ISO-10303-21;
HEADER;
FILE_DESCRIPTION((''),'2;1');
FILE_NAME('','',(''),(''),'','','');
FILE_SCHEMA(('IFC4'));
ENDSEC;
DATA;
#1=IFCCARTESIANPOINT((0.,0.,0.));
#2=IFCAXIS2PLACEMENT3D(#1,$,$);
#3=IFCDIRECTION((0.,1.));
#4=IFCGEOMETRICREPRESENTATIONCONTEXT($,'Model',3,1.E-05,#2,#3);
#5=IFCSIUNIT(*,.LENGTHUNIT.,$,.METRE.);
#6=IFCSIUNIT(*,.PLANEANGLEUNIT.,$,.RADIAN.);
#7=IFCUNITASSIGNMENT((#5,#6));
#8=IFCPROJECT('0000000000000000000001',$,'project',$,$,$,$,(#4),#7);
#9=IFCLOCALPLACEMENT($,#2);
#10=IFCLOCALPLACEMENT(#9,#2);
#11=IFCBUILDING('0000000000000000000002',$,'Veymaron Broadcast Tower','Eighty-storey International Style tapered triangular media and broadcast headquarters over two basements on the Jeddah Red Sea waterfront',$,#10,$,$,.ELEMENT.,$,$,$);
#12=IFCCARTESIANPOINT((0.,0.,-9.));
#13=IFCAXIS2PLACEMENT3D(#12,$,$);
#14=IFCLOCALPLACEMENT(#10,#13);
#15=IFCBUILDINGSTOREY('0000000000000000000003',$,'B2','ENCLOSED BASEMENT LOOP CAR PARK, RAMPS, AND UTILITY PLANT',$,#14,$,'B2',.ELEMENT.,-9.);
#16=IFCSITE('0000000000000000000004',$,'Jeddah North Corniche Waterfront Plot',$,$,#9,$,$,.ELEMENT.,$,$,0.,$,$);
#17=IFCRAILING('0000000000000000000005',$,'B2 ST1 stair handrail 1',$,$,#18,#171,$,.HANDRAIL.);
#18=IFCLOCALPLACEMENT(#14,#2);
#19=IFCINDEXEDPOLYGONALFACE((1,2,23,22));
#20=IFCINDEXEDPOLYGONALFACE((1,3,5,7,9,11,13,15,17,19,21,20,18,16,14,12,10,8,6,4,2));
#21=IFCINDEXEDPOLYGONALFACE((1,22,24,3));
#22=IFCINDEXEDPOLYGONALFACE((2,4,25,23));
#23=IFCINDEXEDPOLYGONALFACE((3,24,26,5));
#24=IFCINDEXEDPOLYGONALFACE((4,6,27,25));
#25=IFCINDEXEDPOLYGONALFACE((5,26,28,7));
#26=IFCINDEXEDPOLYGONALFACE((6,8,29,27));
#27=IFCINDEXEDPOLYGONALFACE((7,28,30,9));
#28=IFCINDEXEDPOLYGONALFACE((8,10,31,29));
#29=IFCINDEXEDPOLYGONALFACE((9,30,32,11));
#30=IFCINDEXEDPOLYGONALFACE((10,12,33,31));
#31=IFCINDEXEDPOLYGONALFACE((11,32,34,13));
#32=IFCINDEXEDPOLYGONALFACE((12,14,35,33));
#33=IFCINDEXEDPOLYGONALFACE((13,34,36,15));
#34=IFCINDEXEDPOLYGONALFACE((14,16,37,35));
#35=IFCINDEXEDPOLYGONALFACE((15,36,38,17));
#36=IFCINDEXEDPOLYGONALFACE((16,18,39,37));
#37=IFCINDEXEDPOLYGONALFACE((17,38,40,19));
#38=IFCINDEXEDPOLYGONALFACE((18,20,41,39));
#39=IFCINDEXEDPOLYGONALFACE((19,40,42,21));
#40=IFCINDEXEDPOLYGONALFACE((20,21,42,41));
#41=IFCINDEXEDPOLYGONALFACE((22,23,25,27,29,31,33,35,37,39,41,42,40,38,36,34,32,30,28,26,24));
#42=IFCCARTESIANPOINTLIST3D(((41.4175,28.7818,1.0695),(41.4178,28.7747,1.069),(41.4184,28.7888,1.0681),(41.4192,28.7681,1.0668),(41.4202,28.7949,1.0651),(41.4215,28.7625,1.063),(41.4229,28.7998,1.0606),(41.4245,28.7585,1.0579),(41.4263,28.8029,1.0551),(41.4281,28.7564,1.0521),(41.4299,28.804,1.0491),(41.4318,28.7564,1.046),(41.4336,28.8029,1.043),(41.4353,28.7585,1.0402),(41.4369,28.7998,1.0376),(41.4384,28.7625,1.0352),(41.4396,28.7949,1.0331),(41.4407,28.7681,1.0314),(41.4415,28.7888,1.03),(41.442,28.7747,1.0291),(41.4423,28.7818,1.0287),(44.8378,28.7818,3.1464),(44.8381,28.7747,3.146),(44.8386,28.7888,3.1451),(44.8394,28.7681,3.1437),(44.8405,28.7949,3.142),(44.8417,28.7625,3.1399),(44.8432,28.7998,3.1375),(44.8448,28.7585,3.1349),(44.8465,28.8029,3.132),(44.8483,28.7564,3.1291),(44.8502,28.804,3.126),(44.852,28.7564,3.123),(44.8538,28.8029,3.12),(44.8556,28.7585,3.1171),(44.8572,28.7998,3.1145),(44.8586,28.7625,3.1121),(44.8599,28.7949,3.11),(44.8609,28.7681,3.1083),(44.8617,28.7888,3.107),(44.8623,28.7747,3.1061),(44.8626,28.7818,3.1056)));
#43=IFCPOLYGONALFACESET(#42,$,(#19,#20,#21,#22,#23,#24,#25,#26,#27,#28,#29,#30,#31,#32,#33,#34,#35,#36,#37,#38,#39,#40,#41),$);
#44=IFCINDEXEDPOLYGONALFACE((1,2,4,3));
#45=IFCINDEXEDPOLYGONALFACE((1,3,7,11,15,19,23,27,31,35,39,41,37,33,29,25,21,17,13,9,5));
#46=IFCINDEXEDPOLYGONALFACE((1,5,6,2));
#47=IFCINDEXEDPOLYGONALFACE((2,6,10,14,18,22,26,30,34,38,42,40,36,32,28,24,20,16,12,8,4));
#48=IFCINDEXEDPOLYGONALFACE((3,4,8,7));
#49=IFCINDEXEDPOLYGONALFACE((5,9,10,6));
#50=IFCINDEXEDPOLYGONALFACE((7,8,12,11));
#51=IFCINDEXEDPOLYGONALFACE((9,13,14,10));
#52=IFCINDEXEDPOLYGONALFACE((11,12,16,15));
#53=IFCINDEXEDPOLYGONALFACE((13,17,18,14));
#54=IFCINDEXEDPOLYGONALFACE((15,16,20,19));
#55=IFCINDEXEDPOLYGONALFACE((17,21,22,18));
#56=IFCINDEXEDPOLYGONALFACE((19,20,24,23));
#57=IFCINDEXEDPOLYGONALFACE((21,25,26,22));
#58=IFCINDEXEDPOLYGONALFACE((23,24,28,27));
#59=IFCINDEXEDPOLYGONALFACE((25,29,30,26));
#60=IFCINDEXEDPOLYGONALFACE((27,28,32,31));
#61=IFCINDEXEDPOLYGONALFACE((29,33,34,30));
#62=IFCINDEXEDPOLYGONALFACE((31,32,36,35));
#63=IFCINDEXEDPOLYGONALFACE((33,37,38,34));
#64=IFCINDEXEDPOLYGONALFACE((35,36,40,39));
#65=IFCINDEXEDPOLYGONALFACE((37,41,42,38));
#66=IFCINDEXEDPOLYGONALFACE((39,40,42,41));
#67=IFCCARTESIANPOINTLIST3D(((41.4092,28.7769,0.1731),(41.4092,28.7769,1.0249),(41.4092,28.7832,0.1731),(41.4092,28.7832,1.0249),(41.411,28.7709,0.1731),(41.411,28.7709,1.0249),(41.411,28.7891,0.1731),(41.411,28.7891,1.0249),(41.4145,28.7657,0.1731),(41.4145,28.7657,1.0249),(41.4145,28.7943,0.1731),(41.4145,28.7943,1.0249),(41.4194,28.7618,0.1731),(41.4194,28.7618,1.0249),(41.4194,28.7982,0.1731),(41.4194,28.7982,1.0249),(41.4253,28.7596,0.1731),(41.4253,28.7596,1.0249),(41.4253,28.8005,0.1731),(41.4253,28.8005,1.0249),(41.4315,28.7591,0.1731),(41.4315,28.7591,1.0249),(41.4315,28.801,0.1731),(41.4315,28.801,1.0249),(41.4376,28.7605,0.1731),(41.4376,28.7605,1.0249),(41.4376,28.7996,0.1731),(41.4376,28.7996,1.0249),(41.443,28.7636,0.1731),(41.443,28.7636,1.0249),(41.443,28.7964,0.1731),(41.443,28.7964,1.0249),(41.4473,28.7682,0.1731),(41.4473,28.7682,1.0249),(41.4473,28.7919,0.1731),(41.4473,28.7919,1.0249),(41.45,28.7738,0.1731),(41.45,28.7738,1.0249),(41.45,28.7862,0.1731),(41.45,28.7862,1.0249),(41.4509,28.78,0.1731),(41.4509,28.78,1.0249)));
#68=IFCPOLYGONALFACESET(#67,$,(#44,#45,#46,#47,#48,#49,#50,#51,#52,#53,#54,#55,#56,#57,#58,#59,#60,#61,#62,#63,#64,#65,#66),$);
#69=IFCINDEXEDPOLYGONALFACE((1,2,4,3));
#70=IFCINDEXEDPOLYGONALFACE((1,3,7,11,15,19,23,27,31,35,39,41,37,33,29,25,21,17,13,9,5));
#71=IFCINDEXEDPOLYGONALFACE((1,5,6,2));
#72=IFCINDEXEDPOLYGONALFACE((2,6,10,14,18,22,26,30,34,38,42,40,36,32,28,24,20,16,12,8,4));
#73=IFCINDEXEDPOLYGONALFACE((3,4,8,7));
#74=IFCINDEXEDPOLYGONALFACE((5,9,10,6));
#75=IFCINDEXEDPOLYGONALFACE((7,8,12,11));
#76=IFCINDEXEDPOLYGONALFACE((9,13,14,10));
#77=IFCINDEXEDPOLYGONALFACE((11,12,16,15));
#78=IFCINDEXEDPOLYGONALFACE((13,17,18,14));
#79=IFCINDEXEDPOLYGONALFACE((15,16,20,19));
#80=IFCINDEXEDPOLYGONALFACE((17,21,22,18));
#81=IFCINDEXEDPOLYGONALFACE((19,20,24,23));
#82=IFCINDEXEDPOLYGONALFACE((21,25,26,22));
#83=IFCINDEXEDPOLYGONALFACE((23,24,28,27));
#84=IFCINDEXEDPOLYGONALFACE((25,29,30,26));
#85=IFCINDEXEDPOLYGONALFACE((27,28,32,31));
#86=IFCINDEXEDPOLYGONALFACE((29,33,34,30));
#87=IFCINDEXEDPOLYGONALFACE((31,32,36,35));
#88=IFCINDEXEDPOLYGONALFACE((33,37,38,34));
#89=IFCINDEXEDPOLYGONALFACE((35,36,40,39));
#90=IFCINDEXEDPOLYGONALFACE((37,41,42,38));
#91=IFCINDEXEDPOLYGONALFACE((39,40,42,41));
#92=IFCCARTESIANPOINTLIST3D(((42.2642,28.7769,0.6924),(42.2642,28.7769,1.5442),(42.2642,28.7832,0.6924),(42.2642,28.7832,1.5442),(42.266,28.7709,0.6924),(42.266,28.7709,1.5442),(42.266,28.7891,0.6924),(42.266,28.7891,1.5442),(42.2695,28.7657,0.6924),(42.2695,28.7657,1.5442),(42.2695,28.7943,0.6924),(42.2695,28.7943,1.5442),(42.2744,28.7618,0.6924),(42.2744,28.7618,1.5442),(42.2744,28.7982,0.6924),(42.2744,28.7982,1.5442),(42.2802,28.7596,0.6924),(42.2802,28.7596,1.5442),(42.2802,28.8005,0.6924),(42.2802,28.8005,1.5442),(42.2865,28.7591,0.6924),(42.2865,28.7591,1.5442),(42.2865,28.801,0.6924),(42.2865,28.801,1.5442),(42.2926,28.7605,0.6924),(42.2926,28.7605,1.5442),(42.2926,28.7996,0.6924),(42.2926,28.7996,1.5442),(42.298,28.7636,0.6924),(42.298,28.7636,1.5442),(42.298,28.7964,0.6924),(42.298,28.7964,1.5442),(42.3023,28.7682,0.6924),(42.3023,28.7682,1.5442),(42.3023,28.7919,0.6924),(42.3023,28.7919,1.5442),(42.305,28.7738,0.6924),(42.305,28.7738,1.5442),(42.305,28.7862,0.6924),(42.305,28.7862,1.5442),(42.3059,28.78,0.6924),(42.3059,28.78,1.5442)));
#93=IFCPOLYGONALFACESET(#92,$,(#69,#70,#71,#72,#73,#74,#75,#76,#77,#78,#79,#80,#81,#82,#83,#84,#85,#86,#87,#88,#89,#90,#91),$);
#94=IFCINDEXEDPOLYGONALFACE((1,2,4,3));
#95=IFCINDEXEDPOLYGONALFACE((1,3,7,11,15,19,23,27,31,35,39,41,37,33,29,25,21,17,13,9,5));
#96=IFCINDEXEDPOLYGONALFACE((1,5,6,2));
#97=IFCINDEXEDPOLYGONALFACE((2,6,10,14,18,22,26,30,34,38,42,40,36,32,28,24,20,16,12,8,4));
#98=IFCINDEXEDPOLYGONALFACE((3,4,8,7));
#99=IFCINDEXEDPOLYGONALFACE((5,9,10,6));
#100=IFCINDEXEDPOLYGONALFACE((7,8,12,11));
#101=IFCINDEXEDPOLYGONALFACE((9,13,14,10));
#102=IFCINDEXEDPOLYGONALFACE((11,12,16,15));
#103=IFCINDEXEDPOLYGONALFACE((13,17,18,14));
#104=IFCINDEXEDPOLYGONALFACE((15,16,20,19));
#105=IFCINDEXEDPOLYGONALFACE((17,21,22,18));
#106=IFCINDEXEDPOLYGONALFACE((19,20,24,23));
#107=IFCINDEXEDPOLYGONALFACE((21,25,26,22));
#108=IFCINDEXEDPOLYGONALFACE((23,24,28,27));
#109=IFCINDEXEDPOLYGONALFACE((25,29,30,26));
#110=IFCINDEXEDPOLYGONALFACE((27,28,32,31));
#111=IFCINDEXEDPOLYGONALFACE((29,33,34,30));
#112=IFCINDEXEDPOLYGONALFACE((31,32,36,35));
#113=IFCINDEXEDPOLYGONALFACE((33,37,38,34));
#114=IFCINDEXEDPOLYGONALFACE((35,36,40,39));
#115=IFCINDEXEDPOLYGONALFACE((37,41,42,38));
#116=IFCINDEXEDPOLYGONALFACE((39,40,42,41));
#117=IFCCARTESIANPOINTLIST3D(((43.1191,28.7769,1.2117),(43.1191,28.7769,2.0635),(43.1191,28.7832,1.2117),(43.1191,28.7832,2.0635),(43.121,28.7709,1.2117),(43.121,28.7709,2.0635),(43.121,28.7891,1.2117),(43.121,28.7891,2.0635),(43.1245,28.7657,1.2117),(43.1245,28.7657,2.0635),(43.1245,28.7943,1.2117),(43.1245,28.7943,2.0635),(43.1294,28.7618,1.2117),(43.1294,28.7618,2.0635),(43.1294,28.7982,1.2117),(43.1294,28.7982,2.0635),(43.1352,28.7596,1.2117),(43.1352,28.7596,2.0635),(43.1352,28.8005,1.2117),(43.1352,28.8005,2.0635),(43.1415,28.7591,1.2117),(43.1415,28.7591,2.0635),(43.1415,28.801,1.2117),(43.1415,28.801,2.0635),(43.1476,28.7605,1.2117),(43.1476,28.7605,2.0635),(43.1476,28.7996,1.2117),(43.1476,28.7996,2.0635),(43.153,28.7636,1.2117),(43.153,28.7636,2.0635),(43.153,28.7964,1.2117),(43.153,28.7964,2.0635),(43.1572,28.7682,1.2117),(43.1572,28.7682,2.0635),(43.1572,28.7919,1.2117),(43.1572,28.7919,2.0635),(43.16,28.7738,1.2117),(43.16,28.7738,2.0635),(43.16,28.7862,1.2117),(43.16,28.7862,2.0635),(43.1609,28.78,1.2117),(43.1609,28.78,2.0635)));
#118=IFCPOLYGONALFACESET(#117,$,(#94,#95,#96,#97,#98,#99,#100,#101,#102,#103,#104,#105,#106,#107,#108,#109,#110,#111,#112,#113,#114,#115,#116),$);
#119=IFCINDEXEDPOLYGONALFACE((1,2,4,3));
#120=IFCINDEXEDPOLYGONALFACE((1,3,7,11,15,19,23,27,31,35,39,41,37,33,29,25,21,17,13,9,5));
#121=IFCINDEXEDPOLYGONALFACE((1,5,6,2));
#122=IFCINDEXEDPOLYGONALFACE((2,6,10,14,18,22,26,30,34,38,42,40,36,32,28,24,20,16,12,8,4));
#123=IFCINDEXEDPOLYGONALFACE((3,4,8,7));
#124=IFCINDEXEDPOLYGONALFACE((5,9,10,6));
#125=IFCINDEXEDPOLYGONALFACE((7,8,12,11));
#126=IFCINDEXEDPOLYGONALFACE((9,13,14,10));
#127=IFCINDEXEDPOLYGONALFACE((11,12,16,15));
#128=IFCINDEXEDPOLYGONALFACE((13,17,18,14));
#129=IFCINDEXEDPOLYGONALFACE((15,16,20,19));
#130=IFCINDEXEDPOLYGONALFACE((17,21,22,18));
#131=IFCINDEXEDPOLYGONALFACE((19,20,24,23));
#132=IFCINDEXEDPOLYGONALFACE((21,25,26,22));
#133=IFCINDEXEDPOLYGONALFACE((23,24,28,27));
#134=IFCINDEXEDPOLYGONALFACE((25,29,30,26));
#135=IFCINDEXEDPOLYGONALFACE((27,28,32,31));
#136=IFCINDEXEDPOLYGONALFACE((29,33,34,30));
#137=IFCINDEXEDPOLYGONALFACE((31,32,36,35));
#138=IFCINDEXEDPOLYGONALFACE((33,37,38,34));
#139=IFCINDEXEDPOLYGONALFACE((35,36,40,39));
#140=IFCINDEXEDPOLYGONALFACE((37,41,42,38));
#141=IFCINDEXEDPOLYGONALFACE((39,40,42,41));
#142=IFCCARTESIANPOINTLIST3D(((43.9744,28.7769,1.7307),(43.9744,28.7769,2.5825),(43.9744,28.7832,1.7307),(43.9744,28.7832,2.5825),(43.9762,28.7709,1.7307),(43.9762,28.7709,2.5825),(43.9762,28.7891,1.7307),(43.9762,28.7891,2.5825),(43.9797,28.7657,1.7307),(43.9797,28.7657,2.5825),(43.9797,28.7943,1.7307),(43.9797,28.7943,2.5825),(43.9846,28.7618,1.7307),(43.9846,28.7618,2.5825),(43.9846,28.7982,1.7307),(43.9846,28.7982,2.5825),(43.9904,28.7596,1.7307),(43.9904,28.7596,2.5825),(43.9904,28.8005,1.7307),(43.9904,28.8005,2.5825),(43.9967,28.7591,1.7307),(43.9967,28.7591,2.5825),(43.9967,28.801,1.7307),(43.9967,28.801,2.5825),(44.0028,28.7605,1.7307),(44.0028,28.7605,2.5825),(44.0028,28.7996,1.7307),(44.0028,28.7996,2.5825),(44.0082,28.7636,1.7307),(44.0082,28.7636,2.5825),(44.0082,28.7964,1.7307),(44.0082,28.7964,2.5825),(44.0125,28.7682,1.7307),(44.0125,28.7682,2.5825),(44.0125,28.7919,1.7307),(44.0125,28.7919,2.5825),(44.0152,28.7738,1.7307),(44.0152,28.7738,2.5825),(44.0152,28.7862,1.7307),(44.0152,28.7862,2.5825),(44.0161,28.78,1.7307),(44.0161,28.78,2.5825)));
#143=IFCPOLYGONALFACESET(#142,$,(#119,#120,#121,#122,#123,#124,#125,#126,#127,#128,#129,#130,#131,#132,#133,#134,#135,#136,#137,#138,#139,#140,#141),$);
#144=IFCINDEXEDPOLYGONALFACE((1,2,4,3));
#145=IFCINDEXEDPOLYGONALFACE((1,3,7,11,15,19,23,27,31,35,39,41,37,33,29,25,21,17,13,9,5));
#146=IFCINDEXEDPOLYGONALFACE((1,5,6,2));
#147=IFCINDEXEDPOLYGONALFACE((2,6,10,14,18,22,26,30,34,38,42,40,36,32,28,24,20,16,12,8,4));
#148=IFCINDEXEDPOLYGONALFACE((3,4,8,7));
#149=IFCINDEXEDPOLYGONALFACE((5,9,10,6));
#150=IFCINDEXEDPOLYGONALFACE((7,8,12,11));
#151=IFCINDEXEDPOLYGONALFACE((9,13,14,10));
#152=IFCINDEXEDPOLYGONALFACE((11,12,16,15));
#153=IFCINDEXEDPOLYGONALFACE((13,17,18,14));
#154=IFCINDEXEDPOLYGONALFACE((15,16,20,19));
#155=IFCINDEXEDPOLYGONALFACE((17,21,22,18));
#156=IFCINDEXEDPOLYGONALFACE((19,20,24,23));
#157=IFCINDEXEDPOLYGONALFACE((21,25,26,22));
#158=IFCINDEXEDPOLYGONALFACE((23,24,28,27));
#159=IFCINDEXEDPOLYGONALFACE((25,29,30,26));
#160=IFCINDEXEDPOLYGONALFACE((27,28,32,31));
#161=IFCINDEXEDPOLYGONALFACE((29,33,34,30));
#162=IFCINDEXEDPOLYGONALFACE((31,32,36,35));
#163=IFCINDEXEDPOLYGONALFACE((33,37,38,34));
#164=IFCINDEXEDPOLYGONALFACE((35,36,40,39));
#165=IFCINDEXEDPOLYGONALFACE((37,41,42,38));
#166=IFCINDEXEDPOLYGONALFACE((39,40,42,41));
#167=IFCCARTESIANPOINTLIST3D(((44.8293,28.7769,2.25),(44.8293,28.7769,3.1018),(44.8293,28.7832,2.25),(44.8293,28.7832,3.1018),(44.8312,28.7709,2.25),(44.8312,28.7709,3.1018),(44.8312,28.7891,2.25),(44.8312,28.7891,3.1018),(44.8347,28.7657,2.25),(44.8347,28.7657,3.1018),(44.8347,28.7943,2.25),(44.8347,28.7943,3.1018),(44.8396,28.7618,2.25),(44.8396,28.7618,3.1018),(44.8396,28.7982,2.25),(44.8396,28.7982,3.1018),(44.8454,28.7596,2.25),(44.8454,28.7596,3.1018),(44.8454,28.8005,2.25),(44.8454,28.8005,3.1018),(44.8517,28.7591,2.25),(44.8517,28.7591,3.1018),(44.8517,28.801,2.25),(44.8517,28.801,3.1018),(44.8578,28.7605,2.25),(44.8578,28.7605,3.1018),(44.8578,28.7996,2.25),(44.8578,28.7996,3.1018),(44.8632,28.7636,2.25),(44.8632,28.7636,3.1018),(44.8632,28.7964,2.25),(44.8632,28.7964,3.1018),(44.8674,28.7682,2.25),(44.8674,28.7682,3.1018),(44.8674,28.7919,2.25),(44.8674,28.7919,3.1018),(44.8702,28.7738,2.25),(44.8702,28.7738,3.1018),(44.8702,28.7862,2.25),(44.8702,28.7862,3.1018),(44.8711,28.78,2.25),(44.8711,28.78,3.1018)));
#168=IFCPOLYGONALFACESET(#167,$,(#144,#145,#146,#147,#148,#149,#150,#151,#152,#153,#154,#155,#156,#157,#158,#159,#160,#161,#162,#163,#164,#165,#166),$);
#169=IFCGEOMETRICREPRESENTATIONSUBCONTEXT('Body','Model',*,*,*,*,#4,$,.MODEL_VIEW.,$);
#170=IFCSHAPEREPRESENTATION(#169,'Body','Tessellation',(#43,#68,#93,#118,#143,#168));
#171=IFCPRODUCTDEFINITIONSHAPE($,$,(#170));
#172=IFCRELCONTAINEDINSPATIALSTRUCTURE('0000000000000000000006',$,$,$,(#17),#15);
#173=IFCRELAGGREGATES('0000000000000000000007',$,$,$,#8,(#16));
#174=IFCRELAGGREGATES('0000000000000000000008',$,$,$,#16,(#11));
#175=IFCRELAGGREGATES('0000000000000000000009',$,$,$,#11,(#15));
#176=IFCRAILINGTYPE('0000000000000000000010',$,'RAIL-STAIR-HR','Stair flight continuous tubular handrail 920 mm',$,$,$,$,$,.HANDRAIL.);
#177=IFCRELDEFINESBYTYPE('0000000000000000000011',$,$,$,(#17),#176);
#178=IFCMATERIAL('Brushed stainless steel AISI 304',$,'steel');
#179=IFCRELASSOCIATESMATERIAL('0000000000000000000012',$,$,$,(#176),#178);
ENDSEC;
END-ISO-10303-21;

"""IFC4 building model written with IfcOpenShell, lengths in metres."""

from ifc_helpers import new_model, si_unit, direction, frame, origin, origin_2d, place, context, subcontext, project, spatial, circle, extrude, material, type_object, element, save


model = new_model("IFC4")

# Units and contexts
model_context = context("Model", 3, precision=1e-05, world=origin(), true_north=direction((0.0, 1.0)))
body_context = subcontext(model_context, "Body", "Model", "MODEL_VIEW")
ifc_project = project(units=[si_unit("LENGTHUNIT", "METRE"), si_unit("PLANEANGLEUNIT", "RADIAN")], contexts=[model_context])

# Site, building, storey
site_placement = place(None, origin())
site = spatial("IfcSite", under=ifc_project, at=site_placement, Name="Jeddah North Corniche Waterfront Plot", CompositionType="ELEMENT", RefElevation=0.0)
building_placement = place(site_placement, origin())
building = spatial("IfcBuilding", under=site, at=building_placement, Name="Veymaron Broadcast Tower", Description="Eighty-storey International Style tapered triangular media and broadcast headquarters over two basements on the Jeddah Red Sea waterfront", CompositionType="ELEMENT")
storey_placement = place(building_placement, frame((0.0, 0.0, -9.0)))
storey = spatial("IfcBuildingStorey", under=building, at=storey_placement, Name="B2", Description="ENCLOSED BASEMENT LOOP CAR PARK, RAMPS, AND UTILITY PLANT", LongName="B2", CompositionType="ELEMENT", Elevation=-9.0)

# Shared definitions
ifc_material_1 = material(Name="Brushed stainless steel AISI 304", Category="steel")

# Railing
railing_type_1 = type_object("IfcRailingType", Name="RAIL-STAIR-HR", Description="Stair flight continuous tubular handrail 920 mm", PredefinedType="HANDRAIL", material=ifc_material_1)
railing_1_placement = place(storey_placement, frame((41.4299, 28.78, 0.1731)))
element("IfcRailing", 1, at=railing_1_placement, inside=storey, type_object=railing_type_1, Name="B2 ST1 stair handrail 1", PredefinedType="HANDRAIL", context=body_context, shape_type="SweptSolid", body=[
    extrude(circle(Radius=0.0239, at=origin_2d()), frame((0.0, 0.0, 0.876), z_axis=(0.854746, 0.0, 0.519047), x_axis=(0.0, 1.0, 0.0)), (0.0, 0.0, 1.0), 4.0015),
    extrude(circle(Radius=0.021, at=origin_2d()), origin(), (0.0, 0.0, 1.0), 0.8518),
    extrude(circle(Radius=0.021, at=origin_2d()), frame((0.855, 0.0, 0.5193)), (0.0, 0.0, 1.0), 0.8518),
    extrude(circle(Radius=0.021, at=origin_2d()), frame((1.71, 0.0, 1.0386)), (0.0, 0.0, 1.0), 0.8518),
    extrude(circle(Radius=0.021, at=origin_2d()), frame((2.5652, 0.0, 1.5576)), (0.0, 0.0, 1.0), 0.8518),
    extrude(circle(Radius=0.021, at=origin_2d()), frame((3.4202, 0.0, 2.0769)), (0.0, 0.0, 1.0), 0.8518),
])

save(model, "model.ifc")
